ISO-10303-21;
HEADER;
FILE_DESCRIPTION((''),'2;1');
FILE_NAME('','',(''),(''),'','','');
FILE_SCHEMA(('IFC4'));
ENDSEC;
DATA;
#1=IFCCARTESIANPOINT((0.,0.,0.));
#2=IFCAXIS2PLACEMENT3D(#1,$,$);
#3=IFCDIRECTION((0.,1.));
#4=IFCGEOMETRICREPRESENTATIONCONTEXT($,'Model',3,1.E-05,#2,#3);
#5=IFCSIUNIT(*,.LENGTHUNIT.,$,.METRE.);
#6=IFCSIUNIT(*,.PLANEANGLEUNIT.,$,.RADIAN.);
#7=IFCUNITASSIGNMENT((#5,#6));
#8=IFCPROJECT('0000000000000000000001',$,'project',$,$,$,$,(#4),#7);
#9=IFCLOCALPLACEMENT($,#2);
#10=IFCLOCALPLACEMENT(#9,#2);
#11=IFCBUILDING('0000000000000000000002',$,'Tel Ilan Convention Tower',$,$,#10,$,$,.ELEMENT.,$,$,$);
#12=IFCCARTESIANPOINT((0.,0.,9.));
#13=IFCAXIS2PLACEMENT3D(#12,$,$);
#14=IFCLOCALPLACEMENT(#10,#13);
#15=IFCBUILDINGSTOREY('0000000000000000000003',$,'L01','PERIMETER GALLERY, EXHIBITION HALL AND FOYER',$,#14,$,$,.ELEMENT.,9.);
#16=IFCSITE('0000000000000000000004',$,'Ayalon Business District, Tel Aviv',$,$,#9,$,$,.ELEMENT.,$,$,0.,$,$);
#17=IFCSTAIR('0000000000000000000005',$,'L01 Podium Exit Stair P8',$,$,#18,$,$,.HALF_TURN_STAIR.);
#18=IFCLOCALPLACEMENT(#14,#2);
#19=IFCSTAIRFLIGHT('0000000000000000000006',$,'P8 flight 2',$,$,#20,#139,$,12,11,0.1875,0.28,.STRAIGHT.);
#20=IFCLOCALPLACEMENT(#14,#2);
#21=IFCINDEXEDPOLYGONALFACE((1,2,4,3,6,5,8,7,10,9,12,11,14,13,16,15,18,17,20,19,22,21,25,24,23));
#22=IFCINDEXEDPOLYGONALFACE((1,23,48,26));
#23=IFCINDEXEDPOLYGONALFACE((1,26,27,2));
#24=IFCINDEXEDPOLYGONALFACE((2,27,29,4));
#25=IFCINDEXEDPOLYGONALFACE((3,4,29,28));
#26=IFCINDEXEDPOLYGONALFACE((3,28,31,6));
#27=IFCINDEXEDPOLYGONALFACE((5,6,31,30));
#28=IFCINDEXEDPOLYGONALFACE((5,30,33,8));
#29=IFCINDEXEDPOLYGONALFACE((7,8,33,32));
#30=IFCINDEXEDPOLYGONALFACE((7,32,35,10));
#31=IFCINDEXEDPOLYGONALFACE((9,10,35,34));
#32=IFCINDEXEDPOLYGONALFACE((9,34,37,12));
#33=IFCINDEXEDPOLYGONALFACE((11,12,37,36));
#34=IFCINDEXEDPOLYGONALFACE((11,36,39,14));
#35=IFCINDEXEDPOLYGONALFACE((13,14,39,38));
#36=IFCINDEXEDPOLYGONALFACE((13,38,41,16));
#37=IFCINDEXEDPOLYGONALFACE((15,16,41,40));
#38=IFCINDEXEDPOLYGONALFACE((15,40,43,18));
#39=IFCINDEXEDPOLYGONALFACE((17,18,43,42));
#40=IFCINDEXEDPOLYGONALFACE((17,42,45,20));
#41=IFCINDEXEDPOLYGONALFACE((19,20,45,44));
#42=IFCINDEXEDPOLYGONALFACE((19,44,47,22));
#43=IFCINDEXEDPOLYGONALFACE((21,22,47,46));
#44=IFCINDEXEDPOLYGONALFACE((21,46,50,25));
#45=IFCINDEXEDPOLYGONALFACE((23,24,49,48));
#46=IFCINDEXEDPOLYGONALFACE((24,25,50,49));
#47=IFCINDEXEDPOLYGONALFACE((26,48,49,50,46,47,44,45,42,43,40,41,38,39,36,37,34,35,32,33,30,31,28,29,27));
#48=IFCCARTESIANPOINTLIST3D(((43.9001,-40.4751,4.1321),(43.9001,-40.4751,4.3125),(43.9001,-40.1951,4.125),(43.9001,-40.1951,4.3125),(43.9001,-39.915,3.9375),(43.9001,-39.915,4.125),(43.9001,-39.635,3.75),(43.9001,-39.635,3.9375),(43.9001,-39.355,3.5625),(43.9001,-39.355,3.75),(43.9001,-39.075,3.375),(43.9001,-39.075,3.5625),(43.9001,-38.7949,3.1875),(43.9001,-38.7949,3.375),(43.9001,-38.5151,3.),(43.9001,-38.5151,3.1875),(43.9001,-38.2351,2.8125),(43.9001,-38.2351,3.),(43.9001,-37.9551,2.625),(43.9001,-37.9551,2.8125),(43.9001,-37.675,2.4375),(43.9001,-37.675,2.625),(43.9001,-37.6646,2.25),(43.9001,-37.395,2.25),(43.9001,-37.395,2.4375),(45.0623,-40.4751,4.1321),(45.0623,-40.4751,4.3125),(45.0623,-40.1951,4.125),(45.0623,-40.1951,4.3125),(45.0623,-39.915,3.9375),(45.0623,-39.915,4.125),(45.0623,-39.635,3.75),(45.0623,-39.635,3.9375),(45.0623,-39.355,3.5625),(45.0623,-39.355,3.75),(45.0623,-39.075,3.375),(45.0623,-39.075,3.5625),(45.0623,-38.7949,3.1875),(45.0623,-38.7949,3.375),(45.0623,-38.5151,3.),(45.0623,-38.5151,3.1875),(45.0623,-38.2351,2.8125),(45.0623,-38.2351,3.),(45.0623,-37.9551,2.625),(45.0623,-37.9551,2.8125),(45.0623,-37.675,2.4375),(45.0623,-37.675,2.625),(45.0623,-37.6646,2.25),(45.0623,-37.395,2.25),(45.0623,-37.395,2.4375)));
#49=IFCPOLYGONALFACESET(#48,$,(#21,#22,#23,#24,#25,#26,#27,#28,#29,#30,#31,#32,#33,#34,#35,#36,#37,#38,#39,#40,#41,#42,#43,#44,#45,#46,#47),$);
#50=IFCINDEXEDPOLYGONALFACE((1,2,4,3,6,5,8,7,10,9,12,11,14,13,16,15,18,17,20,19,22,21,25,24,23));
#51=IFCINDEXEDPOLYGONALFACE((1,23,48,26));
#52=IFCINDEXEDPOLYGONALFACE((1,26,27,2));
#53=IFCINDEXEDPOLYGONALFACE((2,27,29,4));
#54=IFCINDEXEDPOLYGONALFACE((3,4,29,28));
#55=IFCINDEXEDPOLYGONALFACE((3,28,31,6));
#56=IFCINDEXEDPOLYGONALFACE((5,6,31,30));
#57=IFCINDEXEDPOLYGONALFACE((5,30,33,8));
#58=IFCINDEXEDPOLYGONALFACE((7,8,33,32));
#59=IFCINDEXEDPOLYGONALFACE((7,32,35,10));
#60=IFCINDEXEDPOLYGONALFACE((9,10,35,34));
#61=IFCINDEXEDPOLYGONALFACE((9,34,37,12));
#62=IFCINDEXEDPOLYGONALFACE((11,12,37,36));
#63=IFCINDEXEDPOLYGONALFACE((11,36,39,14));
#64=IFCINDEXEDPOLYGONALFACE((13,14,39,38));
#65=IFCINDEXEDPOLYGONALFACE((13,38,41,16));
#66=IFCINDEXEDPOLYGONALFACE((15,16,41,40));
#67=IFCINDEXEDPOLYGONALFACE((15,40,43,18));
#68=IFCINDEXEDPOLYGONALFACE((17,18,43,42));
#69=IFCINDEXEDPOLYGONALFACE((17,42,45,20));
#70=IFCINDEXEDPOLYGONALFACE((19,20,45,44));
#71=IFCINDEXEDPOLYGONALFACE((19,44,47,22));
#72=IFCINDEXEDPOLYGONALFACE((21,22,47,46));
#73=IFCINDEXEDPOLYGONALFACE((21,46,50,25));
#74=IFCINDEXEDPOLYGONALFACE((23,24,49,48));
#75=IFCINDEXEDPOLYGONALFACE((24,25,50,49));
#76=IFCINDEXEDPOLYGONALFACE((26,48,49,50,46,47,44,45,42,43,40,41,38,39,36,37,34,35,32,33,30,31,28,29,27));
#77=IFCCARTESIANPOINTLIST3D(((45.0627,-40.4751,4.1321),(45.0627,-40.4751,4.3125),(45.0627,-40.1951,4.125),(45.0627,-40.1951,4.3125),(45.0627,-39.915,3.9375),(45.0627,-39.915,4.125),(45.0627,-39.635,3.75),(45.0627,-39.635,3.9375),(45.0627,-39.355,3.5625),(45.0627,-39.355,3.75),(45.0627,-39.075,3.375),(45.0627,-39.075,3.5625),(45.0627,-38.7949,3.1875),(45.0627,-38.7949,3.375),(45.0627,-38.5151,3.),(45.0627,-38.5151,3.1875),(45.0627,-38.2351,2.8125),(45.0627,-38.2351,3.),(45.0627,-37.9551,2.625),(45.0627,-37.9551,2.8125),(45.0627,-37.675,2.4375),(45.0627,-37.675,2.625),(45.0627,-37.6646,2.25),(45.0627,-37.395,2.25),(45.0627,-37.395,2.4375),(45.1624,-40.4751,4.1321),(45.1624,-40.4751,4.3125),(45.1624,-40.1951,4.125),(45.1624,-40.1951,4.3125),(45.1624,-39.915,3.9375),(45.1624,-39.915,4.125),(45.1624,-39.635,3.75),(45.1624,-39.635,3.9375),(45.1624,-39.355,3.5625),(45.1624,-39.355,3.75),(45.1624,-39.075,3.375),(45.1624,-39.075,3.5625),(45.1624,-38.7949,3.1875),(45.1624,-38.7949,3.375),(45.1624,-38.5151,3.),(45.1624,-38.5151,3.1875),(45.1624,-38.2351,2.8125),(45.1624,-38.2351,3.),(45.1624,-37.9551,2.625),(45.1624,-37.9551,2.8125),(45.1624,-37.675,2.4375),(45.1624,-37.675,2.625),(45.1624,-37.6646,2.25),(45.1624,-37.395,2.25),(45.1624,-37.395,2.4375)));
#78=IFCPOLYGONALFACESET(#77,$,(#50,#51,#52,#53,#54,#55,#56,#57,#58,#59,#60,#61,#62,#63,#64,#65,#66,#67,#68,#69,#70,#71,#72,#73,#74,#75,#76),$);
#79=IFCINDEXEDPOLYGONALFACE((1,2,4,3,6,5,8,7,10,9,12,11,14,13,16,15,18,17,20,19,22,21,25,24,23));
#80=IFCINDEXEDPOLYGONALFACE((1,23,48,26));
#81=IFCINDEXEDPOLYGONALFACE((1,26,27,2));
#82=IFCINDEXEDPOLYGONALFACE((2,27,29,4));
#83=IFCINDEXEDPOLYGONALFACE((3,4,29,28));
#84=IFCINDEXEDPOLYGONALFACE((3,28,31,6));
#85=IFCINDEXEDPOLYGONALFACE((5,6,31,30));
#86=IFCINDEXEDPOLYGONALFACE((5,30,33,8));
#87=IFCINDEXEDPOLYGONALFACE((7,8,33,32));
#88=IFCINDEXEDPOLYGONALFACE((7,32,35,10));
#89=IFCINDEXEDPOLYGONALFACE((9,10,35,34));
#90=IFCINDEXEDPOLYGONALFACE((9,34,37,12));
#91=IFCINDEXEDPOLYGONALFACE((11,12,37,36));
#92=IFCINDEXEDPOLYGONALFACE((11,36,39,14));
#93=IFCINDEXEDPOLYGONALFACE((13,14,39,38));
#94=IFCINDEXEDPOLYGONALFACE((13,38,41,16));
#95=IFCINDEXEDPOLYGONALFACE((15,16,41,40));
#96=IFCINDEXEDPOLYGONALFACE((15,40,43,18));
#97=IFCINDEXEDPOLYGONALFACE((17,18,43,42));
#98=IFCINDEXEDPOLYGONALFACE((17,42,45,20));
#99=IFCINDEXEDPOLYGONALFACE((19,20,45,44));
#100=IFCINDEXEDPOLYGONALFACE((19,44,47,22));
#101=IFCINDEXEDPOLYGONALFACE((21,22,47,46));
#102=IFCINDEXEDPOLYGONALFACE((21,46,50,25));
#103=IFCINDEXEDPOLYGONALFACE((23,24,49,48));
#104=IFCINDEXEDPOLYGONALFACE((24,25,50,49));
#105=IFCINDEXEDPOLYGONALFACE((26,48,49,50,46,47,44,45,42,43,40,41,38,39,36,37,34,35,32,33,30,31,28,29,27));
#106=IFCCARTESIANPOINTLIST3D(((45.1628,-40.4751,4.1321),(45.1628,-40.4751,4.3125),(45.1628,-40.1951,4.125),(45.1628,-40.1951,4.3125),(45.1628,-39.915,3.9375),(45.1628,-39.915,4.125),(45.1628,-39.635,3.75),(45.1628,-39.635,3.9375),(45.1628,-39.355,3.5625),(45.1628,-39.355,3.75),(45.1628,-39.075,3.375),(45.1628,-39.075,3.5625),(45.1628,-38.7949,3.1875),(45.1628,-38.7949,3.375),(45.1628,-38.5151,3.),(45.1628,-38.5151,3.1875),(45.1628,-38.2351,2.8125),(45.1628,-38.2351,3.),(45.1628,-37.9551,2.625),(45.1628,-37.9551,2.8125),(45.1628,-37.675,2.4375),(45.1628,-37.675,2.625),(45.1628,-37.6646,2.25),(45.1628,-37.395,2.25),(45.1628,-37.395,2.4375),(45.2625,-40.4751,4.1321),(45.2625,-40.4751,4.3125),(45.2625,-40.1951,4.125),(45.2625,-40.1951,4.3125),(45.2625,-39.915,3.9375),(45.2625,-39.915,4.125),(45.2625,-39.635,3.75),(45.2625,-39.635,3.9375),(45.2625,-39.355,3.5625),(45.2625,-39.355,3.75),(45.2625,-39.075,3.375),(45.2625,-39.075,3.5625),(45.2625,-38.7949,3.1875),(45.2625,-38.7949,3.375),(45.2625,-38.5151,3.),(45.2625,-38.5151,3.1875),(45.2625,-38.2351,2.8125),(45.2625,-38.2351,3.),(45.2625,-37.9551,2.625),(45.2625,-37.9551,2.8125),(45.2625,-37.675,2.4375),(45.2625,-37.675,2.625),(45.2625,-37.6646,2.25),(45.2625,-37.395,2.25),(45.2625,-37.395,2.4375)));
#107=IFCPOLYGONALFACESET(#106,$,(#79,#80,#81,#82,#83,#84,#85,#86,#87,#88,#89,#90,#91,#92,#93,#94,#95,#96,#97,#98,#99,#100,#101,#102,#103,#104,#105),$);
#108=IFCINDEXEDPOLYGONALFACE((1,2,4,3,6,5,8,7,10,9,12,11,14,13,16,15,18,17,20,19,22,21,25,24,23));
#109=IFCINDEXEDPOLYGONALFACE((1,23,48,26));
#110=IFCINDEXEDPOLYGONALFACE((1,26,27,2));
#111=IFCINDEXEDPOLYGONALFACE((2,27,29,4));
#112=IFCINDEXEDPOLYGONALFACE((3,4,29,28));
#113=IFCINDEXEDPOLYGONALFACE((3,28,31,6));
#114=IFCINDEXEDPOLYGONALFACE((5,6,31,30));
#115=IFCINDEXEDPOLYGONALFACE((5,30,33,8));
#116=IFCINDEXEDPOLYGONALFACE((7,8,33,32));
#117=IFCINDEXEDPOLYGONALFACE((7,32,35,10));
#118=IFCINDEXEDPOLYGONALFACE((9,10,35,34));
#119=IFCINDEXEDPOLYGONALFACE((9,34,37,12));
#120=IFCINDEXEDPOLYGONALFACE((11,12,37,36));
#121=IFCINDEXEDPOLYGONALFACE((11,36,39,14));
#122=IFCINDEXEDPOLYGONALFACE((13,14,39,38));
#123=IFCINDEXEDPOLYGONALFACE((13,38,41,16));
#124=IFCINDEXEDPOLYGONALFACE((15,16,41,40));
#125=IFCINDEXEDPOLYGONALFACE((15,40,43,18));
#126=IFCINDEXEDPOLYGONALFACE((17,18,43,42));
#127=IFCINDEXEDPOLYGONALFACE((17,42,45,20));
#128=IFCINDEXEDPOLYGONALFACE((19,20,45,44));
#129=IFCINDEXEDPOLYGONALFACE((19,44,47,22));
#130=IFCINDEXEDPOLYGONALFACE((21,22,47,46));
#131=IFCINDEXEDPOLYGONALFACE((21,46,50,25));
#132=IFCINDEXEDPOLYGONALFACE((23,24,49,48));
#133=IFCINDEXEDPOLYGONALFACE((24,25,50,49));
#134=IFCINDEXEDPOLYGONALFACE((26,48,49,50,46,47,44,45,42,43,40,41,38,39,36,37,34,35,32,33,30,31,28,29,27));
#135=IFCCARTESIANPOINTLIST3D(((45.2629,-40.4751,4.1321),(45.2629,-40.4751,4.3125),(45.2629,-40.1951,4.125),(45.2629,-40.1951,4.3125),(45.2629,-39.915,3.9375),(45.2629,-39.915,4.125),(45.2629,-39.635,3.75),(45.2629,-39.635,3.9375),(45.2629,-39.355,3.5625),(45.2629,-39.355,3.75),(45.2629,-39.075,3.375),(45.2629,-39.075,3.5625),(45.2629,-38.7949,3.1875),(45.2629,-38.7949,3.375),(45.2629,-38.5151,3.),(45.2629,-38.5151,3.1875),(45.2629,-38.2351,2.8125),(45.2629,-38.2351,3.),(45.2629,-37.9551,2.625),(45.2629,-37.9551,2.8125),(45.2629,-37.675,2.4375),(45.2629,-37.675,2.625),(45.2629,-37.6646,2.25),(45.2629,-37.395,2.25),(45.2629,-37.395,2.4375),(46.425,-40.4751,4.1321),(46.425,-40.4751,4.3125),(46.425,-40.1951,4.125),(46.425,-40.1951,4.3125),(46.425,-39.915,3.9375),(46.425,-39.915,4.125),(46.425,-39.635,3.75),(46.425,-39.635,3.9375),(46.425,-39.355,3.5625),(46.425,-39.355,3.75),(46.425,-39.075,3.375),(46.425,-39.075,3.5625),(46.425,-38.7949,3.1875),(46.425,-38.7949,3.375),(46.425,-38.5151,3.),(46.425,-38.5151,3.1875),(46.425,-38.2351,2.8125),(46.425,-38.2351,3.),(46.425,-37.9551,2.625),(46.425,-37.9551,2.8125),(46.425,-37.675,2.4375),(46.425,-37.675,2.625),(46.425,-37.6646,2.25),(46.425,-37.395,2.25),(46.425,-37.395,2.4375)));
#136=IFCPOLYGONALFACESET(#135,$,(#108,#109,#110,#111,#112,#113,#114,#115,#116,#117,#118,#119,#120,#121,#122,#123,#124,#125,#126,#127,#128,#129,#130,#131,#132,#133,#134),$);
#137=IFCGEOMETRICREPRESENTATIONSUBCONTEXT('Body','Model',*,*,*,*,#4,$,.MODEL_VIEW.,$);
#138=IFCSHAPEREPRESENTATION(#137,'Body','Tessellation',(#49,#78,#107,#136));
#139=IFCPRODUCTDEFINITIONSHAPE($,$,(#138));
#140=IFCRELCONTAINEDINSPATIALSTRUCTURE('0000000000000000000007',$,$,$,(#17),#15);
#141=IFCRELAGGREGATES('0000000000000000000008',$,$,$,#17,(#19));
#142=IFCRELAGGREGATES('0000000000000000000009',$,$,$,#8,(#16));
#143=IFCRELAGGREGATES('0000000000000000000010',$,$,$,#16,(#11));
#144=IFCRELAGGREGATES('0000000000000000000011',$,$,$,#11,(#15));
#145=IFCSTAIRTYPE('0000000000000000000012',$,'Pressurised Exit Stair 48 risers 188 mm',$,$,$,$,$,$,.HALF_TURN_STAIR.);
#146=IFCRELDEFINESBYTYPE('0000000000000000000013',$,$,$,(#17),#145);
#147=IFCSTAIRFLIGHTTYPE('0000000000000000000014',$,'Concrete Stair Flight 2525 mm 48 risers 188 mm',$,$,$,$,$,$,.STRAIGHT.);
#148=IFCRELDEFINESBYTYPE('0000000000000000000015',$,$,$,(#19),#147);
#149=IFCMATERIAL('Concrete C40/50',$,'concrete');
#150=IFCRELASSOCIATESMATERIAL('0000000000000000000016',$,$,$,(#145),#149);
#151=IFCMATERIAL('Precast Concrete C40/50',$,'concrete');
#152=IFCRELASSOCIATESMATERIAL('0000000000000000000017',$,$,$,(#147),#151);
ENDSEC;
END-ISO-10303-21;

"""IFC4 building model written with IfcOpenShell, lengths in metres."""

from ifc_helpers import new_model, si_unit, direction, frame, origin, place, context, subcontext, project, spatial, polyline, outline, extrude, material, type_object, element, aggregate, save


model = new_model("IFC4")

# Units and contexts
model_context = context("Model", 3, precision=1e-05, world=origin(), true_north=direction((0.0, 1.0)))
body_context = subcontext(model_context, "Body", "Model", "MODEL_VIEW")
ifc_project = project(units=[si_unit("LENGTHUNIT", "METRE"), si_unit("PLANEANGLEUNIT", "RADIAN")], contexts=[model_context])

# Site, building, storey
site_placement = place(None, origin())
site = spatial("IfcSite", under=ifc_project, at=site_placement, Name="Ayalon Business District, Tel Aviv", CompositionType="ELEMENT", RefElevation=0.0)
building_placement = place(site_placement, origin())
building = spatial("IfcBuilding", under=site, at=building_placement, Name="Tel Ilan Convention Tower", CompositionType="ELEMENT")
storey_placement = place(building_placement, frame((0.0, 0.0, 9.0)))
storey = spatial("IfcBuildingStorey", under=building, at=storey_placement, Name="L01", Description="PERIMETER GALLERY, EXHIBITION HALL AND FOYER", CompositionType="ELEMENT", Elevation=9.0)

# Stair, stair flight
ifc_material_1 = material(Name="Concrete C40/50", Category="concrete")
stair_type = type_object("IfcStairType", Name="Pressurised Exit Stair 48 risers 188 mm", PredefinedType="HALF_TURN_STAIR", material=ifc_material_1)
ifc_material_2 = material(Name="Precast Concrete C40/50", Category="concrete")
stair_flight_type = type_object("IfcStairFlightType", Name="Concrete Stair Flight 2525 mm 48 risers 188 mm", PredefinedType="STRAIGHT", material=ifc_material_2)
stair_1_placement = place(storey_placement, origin())
stair_1 = element("IfcStair", 1, at=stair_1_placement, inside=storey, type_object=stair_type, Name="L01 Podium Exit Stair P8", PredefinedType="HALF_TURN_STAIR")
stair_flight_1_placement = place(storey_placement, frame((45.1626, -37.395, 2.25), z_axis=(0.0, 0.0, 1.0), x_axis=(0.0, -1.0, 0.0)))
stair_flight_1 = element("IfcStairFlight", 2, at=stair_flight_1_placement, type_object=stair_flight_type, Name="P8 flight 2", NumberOfRisers=12, NumberOfTreads=11, PredefinedType="STRAIGHT", RiserHeight=0.1875, TreadLength=0.28, context=body_context, shape_type="SweptSolid", body=[
    extrude(outline(polyline([(0.0, 0.0), (0.0, 0.1875), (0.28, 0.1875), (0.28, 0.375), (0.5601, 0.375), (0.5601, 0.5625), (0.8401, 0.5625), (0.8401, 0.75), (1.1201, 0.75), (1.1201, 0.9375), (1.3999, 0.9375), (1.3999, 1.125), (1.6799, 1.125), (1.6799, 1.3125), (1.96, 1.3125), (1.96, 1.5), (2.24, 1.5), (2.24, 1.6875), (2.52, 1.6875), (2.52, 1.875), (2.8, 1.875), (2.8, 2.0625), (3.0801, 2.0625), (3.0801, 2.25), (3.0801, 1.8821), (0.2695, 0.0), (0.0, 0.0)])), frame((0.0, -0.1003, 0.0), z_axis=(0.0, -1.0, 0.0), x_axis=(1.0, 0.0, 0.0)), (0.0, 0.0, 1.0), 1.1621),
    extrude(outline(polyline([(0.0, 0.0), (0.0, 0.1875), (0.28, 0.1875), (0.28, 0.375), (0.5601, 0.375), (0.5601, 0.5625), (0.8401, 0.5625), (0.8401, 0.75), (1.1201, 0.75), (1.1201, 0.9375), (1.3999, 0.9375), (1.3999, 1.125), (1.6799, 1.125), (1.6799, 1.3125), (1.96, 1.3125), (1.96, 1.5), (2.24, 1.5), (2.24, 1.6875), (2.52, 1.6875), (2.52, 1.875), (2.8, 1.875), (2.8, 2.0625), (3.0801, 2.0625), (3.0801, 2.25), (3.0801, 1.8821), (0.2695, 0.0), (0.0, 0.0)])), frame((0.0, -0.0002, 0.0), z_axis=(0.0, -1.0, 0.0), x_axis=(1.0, 0.0, 0.0)), (0.0, 0.0, 1.0), 0.0996),
    extrude(outline(polyline([(0.0, 0.0), (0.0, 0.1875), (0.28, 0.1875), (0.28, 0.375), (0.5601, 0.375), (0.5601, 0.5625), (0.8401, 0.5625), (0.8401, 0.75), (1.1201, 0.75), (1.1201, 0.9375), (1.3999, 0.9375), (1.3999, 1.125), (1.6799, 1.125), (1.6799, 1.3125), (1.96, 1.3125), (1.96, 1.5), (2.24, 1.5), (2.24, 1.6875), (2.52, 1.6875), (2.52, 1.875), (2.8, 1.875), (2.8, 2.0625), (3.0801, 2.0625), (3.0801, 2.25), (3.0801, 1.8821), (0.2695, 0.0), (0.0, 0.0)])), frame((0.0, 0.0999, 0.0), z_axis=(0.0, -1.0, 0.0), x_axis=(1.0, 0.0, 0.0)), (0.0, 0.0, 1.0), 0.0996),
    extrude(outline(polyline([(0.0, 0.0), (0.0, 0.1875), (0.28, 0.1875), (0.28, 0.375), (0.5601, 0.375), (0.5601, 0.5625), (0.8401, 0.5625), (0.8401, 0.75), (1.1201, 0.75), (1.1201, 0.9375), (1.3999, 0.9375), (1.3999, 1.125), (1.6799, 1.125), (1.6799, 1.3125), (1.96, 1.3125), (1.96, 1.5), (2.24, 1.5), (2.24, 1.6875), (2.52, 1.6875), (2.52, 1.875), (2.8, 1.875), (2.8, 2.0625), (3.0801, 2.0625), (3.0801, 2.25), (3.0801, 1.8821), (0.2695, 0.0), (0.0, 0.0)])), frame((0.0, 1.2625, 0.0), z_axis=(0.0, -1.0, 0.0), x_axis=(1.0, 0.0, 0.0)), (0.0, 0.0, 1.0), 1.1621),
])
aggregate(stair_1, [stair_flight_1])

save(model, "model.ifc")
